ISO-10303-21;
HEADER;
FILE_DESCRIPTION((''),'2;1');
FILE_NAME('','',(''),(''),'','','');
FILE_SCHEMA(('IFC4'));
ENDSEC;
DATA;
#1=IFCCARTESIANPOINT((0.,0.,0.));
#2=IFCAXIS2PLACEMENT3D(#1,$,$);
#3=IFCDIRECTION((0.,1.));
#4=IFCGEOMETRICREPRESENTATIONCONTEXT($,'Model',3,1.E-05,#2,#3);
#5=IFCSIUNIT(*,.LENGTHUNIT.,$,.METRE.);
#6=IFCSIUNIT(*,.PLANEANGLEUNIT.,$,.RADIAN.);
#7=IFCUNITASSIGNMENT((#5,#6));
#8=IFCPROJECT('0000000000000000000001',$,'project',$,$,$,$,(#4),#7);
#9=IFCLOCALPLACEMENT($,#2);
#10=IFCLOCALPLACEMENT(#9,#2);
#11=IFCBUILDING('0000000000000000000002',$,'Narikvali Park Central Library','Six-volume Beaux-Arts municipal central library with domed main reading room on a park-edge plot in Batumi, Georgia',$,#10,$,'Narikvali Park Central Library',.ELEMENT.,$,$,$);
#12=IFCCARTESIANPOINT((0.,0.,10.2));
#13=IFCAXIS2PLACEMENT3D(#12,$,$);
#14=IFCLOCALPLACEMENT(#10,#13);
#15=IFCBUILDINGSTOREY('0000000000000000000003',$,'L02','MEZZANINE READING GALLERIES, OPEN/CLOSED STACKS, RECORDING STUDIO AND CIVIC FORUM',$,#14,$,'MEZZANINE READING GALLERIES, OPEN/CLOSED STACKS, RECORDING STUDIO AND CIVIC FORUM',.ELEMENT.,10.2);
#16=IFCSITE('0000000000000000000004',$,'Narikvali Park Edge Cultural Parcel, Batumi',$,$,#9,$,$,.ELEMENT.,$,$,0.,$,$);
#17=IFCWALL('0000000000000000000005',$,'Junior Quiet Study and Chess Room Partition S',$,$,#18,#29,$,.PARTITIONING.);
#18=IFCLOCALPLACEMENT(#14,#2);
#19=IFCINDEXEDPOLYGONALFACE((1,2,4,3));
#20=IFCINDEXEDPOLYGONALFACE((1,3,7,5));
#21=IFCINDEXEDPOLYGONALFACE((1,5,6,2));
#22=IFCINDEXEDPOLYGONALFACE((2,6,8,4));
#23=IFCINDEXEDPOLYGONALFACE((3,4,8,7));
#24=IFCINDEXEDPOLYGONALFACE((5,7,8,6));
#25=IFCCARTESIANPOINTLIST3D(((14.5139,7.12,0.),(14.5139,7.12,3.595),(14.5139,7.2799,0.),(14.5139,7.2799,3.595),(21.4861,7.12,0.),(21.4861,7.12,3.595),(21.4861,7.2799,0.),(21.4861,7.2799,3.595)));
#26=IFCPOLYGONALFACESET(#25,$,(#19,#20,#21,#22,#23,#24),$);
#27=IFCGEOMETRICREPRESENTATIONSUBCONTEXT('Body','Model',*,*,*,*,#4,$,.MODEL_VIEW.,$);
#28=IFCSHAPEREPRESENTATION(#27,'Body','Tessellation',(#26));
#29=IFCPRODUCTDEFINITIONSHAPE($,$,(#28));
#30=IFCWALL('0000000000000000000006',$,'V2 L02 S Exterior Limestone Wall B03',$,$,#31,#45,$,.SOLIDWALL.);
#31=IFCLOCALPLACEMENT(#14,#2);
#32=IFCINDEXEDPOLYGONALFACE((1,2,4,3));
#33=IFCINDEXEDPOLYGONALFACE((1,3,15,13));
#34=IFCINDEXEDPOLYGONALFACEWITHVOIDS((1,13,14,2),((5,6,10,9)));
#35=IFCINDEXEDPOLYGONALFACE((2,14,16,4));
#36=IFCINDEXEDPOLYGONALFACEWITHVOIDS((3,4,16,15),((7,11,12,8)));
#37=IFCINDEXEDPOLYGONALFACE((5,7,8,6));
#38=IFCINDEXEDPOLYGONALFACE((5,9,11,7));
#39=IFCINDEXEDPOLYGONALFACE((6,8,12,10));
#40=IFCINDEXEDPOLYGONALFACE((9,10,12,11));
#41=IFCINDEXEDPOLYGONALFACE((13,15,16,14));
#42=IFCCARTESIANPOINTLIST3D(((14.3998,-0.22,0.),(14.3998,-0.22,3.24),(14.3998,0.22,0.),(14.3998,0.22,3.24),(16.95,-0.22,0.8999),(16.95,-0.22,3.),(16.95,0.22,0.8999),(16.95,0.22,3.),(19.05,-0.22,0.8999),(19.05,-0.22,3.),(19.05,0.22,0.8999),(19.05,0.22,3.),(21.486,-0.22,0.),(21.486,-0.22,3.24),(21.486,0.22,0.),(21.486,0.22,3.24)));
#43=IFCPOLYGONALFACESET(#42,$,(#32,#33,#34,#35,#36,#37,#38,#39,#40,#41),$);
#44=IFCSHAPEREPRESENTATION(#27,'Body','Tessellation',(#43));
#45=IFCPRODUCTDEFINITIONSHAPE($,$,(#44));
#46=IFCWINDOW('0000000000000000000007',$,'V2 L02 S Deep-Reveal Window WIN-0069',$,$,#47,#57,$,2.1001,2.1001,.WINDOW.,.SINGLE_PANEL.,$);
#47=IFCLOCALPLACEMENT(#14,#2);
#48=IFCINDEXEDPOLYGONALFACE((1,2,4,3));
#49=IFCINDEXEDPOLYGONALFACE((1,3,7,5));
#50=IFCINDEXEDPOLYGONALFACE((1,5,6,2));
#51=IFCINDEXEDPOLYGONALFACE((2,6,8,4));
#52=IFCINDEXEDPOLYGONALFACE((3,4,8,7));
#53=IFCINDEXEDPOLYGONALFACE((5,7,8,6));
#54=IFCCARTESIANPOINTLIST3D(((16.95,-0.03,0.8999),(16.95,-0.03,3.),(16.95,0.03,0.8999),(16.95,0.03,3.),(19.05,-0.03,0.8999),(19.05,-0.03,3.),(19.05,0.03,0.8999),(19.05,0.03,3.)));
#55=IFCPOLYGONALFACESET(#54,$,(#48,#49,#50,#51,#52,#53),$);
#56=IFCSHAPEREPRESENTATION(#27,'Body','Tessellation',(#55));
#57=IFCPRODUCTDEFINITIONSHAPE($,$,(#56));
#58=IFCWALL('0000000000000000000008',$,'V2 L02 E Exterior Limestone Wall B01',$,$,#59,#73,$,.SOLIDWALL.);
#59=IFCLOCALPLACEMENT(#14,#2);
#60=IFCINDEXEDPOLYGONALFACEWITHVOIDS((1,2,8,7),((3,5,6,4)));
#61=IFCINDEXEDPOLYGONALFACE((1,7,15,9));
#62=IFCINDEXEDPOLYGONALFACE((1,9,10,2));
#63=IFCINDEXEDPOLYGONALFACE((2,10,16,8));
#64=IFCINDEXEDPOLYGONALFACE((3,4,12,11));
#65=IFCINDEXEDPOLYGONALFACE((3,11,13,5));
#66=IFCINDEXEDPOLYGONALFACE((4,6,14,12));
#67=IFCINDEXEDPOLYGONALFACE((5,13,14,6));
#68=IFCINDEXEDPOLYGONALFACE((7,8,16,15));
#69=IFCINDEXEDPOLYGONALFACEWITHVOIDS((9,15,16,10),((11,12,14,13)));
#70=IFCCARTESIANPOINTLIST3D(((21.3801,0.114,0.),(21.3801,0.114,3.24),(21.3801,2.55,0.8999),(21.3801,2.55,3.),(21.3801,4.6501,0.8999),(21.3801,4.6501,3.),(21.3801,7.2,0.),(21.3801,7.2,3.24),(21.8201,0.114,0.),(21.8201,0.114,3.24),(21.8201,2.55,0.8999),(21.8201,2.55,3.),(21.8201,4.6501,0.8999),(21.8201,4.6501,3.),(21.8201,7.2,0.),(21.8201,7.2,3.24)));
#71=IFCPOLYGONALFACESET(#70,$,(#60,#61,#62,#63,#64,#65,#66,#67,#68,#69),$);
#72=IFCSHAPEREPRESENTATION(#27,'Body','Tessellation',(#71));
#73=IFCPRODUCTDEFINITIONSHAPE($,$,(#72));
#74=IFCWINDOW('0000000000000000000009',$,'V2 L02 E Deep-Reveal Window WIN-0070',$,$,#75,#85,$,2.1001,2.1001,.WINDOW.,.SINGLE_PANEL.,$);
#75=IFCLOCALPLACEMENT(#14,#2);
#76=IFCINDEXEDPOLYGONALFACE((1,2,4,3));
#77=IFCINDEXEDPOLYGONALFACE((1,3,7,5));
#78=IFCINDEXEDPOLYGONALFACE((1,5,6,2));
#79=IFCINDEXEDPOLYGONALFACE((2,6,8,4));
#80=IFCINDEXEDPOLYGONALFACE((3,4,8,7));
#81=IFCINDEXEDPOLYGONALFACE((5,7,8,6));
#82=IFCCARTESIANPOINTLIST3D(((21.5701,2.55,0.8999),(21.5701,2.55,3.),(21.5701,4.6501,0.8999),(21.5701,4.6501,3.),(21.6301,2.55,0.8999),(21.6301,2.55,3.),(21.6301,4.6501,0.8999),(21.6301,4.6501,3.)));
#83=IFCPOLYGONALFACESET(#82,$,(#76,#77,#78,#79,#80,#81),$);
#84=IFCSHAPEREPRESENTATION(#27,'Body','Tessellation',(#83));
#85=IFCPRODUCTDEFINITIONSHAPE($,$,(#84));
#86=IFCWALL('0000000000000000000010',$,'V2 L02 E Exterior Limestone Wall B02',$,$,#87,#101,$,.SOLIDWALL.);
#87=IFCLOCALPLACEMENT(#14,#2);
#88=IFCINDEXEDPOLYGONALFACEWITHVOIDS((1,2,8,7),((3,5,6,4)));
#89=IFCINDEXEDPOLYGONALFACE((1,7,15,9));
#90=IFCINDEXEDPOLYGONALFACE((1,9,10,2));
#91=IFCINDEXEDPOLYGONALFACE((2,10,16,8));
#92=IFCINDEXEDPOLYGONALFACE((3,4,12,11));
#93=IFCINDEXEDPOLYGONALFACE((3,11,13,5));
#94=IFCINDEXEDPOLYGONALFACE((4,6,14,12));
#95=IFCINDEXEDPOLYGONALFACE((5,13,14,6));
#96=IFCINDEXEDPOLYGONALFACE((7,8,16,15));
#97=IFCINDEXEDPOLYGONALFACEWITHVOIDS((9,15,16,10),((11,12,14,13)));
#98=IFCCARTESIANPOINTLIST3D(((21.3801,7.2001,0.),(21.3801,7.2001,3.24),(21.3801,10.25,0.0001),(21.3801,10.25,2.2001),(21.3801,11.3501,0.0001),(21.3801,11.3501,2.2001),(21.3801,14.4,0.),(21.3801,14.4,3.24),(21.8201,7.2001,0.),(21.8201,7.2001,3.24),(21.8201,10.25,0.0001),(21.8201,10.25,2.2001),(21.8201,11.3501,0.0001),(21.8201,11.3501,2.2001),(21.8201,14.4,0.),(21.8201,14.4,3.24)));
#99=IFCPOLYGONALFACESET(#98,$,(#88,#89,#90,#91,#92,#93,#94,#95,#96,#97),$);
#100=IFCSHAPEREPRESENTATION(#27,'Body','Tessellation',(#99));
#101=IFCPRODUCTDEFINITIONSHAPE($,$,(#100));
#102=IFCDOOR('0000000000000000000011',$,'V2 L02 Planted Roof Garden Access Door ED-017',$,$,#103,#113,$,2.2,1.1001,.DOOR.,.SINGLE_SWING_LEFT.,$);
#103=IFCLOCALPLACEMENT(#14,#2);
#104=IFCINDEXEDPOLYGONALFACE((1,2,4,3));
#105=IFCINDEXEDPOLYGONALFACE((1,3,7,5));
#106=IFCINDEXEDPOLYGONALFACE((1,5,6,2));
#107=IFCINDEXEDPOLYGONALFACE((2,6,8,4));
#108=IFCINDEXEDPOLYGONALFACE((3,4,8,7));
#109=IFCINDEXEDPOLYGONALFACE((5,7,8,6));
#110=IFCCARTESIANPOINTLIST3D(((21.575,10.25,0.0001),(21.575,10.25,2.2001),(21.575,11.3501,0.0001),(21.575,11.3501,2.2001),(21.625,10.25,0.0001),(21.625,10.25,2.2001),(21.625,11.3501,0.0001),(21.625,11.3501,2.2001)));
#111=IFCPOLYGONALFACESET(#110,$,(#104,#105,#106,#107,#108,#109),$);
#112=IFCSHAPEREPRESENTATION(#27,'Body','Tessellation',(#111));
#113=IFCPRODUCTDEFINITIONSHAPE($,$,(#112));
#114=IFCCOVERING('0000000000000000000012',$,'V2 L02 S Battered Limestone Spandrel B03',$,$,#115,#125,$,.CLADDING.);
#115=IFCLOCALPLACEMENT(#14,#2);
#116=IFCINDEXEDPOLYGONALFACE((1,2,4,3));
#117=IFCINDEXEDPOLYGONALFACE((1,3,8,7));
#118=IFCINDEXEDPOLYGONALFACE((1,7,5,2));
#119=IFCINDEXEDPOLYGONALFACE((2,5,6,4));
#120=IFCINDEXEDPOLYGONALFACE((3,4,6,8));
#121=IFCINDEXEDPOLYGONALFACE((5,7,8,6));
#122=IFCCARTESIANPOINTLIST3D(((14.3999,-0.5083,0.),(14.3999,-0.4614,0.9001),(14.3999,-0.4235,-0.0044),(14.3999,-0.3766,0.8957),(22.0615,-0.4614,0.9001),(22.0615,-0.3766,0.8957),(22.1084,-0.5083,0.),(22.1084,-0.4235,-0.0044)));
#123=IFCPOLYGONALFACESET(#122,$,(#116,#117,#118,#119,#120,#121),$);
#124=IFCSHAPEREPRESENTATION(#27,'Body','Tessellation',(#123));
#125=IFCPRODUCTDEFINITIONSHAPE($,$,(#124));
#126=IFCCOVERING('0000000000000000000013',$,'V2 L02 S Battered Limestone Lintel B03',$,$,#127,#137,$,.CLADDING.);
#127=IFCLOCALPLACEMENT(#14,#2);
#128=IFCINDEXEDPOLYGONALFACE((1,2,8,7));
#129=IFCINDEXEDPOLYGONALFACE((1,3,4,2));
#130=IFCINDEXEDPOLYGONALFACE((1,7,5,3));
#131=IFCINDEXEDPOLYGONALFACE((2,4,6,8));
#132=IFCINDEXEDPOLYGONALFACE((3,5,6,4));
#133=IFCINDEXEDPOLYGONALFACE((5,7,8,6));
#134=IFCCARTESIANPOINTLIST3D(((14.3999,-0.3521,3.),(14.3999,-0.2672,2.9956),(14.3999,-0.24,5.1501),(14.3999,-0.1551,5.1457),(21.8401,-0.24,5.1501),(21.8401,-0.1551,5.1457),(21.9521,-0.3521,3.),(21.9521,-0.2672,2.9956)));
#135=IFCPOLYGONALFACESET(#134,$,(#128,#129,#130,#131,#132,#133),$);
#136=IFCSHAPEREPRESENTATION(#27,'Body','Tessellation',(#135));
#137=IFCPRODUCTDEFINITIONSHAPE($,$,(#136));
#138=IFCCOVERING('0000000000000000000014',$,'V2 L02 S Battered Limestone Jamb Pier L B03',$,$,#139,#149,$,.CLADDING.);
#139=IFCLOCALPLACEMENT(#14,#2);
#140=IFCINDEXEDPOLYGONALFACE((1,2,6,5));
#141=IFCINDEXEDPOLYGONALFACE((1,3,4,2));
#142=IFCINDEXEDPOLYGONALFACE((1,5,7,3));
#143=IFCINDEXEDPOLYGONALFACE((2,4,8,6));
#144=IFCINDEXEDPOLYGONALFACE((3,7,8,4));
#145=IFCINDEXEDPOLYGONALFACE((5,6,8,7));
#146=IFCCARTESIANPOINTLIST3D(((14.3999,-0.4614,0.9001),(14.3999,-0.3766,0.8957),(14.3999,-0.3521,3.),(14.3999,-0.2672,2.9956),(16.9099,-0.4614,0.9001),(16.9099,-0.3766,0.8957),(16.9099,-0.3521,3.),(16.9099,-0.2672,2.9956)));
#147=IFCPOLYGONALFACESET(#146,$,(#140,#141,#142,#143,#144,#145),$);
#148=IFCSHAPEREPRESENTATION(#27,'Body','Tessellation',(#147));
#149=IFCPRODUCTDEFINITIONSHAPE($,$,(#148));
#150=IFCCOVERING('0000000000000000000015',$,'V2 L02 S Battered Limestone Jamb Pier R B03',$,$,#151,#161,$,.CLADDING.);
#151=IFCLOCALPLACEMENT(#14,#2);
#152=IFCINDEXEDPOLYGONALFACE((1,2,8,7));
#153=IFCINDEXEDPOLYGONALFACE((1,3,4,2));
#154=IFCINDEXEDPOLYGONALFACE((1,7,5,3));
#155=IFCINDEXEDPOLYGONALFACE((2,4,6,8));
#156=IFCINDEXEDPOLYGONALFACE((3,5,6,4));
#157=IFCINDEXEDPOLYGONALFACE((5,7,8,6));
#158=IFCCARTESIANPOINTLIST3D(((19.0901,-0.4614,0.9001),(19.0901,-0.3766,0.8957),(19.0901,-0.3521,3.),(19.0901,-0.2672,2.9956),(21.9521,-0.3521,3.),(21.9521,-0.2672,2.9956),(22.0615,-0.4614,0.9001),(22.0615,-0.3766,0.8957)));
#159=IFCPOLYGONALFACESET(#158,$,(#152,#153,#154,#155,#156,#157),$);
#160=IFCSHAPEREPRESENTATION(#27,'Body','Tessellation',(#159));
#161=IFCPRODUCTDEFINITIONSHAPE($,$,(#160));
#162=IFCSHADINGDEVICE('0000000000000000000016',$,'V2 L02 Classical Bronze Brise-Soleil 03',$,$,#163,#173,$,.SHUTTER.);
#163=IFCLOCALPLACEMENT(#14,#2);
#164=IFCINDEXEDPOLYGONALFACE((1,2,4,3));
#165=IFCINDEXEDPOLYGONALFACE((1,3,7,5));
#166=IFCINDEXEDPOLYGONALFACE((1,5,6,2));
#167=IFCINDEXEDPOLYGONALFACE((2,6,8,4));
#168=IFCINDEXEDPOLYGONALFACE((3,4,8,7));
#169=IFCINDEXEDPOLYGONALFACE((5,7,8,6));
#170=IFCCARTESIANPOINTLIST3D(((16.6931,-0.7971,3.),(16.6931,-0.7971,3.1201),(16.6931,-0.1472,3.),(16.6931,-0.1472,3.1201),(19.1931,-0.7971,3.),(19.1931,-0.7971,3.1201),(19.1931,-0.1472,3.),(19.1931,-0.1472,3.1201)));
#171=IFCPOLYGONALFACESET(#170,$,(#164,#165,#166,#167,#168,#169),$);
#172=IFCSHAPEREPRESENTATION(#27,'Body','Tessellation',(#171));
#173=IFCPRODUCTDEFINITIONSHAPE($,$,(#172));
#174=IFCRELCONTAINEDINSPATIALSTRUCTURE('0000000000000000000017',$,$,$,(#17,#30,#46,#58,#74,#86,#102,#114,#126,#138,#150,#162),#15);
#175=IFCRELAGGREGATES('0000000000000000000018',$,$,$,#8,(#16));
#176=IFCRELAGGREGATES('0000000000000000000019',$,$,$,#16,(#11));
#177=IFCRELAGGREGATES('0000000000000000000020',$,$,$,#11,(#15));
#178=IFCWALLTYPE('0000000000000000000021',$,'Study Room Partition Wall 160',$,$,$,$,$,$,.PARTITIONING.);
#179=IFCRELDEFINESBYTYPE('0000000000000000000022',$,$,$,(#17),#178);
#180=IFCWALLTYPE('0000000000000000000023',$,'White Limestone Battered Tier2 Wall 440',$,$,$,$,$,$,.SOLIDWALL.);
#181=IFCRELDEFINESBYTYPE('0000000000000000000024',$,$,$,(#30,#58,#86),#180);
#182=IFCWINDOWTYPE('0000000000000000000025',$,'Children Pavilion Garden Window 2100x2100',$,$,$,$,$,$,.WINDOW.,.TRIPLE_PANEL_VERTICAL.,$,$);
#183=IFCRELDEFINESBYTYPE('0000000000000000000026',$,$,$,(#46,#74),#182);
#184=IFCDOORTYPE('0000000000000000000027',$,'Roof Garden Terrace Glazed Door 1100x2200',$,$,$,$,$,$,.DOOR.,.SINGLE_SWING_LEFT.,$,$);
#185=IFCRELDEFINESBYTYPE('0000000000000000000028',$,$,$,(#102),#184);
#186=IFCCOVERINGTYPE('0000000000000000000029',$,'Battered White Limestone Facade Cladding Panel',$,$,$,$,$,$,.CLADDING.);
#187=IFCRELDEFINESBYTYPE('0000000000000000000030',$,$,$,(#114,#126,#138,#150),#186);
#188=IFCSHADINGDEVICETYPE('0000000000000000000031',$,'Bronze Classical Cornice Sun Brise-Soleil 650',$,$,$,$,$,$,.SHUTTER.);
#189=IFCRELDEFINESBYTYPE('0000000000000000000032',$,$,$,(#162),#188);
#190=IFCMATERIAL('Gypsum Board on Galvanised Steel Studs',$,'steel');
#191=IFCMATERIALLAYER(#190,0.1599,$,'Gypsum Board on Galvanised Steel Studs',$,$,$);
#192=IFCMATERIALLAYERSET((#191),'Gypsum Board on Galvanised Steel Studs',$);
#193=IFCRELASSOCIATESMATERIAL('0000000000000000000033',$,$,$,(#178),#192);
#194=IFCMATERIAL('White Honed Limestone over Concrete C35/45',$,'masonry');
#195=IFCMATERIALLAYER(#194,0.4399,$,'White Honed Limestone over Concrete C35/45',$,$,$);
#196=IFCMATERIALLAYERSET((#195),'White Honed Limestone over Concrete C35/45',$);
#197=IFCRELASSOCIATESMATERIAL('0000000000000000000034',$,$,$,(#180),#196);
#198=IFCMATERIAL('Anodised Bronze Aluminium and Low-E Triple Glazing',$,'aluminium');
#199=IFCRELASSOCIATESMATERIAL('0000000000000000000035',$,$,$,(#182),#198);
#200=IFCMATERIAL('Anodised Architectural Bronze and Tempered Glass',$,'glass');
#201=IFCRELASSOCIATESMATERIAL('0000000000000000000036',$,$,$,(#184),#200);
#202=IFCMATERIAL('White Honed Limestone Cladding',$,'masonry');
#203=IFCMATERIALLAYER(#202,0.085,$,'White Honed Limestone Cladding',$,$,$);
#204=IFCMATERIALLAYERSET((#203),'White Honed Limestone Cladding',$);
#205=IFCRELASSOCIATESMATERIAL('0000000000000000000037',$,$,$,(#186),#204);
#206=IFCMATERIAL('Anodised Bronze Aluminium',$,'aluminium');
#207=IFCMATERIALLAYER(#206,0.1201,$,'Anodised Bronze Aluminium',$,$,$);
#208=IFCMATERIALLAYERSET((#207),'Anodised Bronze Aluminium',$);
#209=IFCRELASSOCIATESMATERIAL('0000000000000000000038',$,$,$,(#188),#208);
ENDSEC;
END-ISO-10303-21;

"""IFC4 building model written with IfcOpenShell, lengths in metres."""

from ifc_helpers import new_model, si_unit, direction, frame, frame_2d, origin, origin_2d, place, context, subcontext, project, spatial, polyline, rectangle, outline, extrude, material, layer, layer_set, type_object, element, fill, save


model = new_model("IFC4")

# Units and contexts
model_context = context("Model", 3, precision=1e-05, world=origin(), true_north=direction((0.0, 1.0)))
body_context = subcontext(model_context, "Body", "Model", "MODEL_VIEW")
ifc_project = project(units=[si_unit("LENGTHUNIT", "METRE"), si_unit("PLANEANGLEUNIT", "RADIAN")], contexts=[model_context])

# Site, building, storey
site_placement = place(None, origin())
site = spatial("IfcSite", under=ifc_project, at=site_placement, Name="Narikvali Park Edge Cultural Parcel, Batumi", CompositionType="ELEMENT", RefElevation=0.0)
building_placement = place(site_placement, origin())
building = spatial("IfcBuilding", under=site, at=building_placement, Name="Narikvali Park Central Library", Description="Six-volume Beaux-Arts municipal central library with domed main reading room on a park-edge plot in Batumi, Georgia", LongName="Narikvali Park Central Library", CompositionType="ELEMENT")
storey_placement = place(building_placement, frame((0.0, 0.0, 10.2)))
storey = spatial("IfcBuildingStorey", under=building, at=storey_placement, Name="L02", Description="MEZZANINE READING GALLERIES, OPEN/CLOSED STACKS, RECORDING STUDIO AND CIVIC FORUM", LongName="MEZZANINE READING GALLERIES, OPEN/CLOSED STACKS, RECORDING STUDIO AND CIVIC FORUM", CompositionType="ELEMENT", Elevation=10.2)

# Wall
ifc_material_1 = material(Name="Gypsum Board on Galvanised Steel Studs", Category="steel")
ifc_layer_1 = layer(ifc_material_1, 0.1599, Name="Gypsum Board on Galvanised Steel Studs")
ifc_layer_set_1 = layer_set([ifc_layer_1], Name="Gypsum Board on Galvanised Steel Studs")
wall_type_1 = type_object("IfcWallType", Name="Study Room Partition Wall 160", PredefinedType="PARTITIONING", material=ifc_layer_set_1)
wall_1_placement = place(storey_placement, frame((14.5139, 7.2, 0.0), z_axis=(0.0, 0.0, 1.0), x_axis=(1.0, 0.0, 0.0)))
element("IfcWall", 1, at=wall_1_placement, inside=storey, type_object=wall_type_1, Name="Junior Quiet Study and Chess Room Partition S", PredefinedType="PARTITIONING", context=body_context, shape_type="SweptSolid", body=[
    extrude(rectangle(XDim=6.9722, YDim=0.1599, at=frame_2d((3.4861, 0.0))), origin(), (0.0, 0.0, 1.0), 3.595),
])

# Walls, openings, windows
ifc_material_2 = material(Name="White Honed Limestone over Concrete C35/45", Category="masonry")
ifc_layer_2 = layer(ifc_material_2, 0.4399, Name="White Honed Limestone over Concrete C35/45")
ifc_layer_set_2 = layer_set([ifc_layer_2], Name="White Honed Limestone over Concrete C35/45")
wall_type_2 = type_object("IfcWallType", Name="White Limestone Battered Tier2 Wall 440", PredefinedType="SOLIDWALL", material=ifc_layer_set_2)
wall_2_placement = place(storey_placement, frame((14.3999, 0.0, 0.0), z_axis=(0.0, 0.0, 1.0), x_axis=(1.0, 0.0, 0.0)))
wall_2 = element("IfcWall", 2, at=wall_2_placement, inside=storey, type_object=wall_type_2, Name="V2 L02 S Exterior Limestone Wall B03", PredefinedType="SOLIDWALL", context=body_context, shape_type="SweptSolid", body=[
    extrude(rectangle(XDim=7.0862, YDim=0.4399, at=frame_2d((3.543, 0.0))), origin(), (0.0, 0.0, 1.0), 3.24),
])
opening_1_placement = place(wall_2_placement, frame((2.55, 0.0, 0.8999)))
opening_1 = element("IfcOpeningElement", 3, at=opening_1_placement, cuts=wall_2, PredefinedType="OPENING", context=body_context, shape_type="SweptSolid", body=[
    extrude(rectangle(XDim=2.1001, YDim=2.1001, at=frame_2d((1.05, 1.05))), frame((0.0, 0.2319, 0.0), z_axis=(0.0, -1.0, 0.0), x_axis=(1.0, 0.0, 0.0)), (0.0, 0.0, 1.0), 0.4639),
])
ifc_material_3 = material(Name="Anodised Bronze Aluminium and Low-E Triple Glazing", Category="aluminium")
window_type = type_object("IfcWindowType", Name="Children Pavilion Garden Window 2100x2100", PartitioningType="TRIPLE_PANEL_VERTICAL", PredefinedType="WINDOW", material=ifc_material_3)
window_1_placement = place(opening_1_placement, origin())
window_1 = element("IfcWindow", 4, at=window_1_placement, inside=storey, type_object=window_type, Name="V2 L02 S Deep-Reveal Window WIN-0069", OverallHeight=2.1001, OverallWidth=2.1001, PartitioningType="SINGLE_PANEL", PredefinedType="WINDOW", context=body_context, shape_type="SweptSolid", body=[
    extrude(rectangle(XDim=2.1001, YDim=2.1001, at=frame_2d((1.05, 1.05))), frame((0.0, 0.03, 0.0), z_axis=(0.0, -1.0, 0.0), x_axis=(1.0, 0.0, 0.0)), (0.0, 0.0, 1.0), 0.0601),
])
fill(opening_1, window_1)
wall_3_placement = place(storey_placement, frame((21.6001, 0.114, 0.0), z_axis=(0.0, 0.0, 1.0), x_axis=(0.0, 1.0, 0.0)))
wall_3 = element("IfcWall", 5, at=wall_3_placement, inside=storey, type_object=wall_type_2, Name="V2 L02 E Exterior Limestone Wall B01", PredefinedType="SOLIDWALL", context=body_context, shape_type="SweptSolid", body=[
    extrude(rectangle(XDim=7.0859, YDim=0.4399, at=frame_2d((3.543, 0.0))), origin(), (0.0, 0.0, 1.0), 3.24),
])
opening_2_placement = place(wall_3_placement, frame((2.436, 0.0, 0.8999)))
opening_2 = element("IfcOpeningElement", 6, at=opening_2_placement, cuts=wall_3, PredefinedType="OPENING", context=body_context, shape_type="SweptSolid", body=[
    extrude(rectangle(XDim=2.1001, YDim=2.1001, at=frame_2d((1.05, 1.05))), frame((0.0, 0.2319, 0.0), z_axis=(0.0, -1.0, 0.0), x_axis=(1.0, 0.0, 0.0)), (0.0, 0.0, 1.0), 0.4639),
])
window_2_placement = place(opening_2_placement, origin())
window_2 = element("IfcWindow", 7, at=window_2_placement, inside=storey, type_object=window_type, Name="V2 L02 E Deep-Reveal Window WIN-0070", OverallHeight=2.1001, OverallWidth=2.1001, PartitioningType="SINGLE_PANEL", PredefinedType="WINDOW", context=body_context, shape_type="SweptSolid", body=[
    extrude(rectangle(XDim=2.1001, YDim=2.1001, at=frame_2d((1.05, 1.05))), frame((0.0, 0.03, 0.0), z_axis=(0.0, -1.0, 0.0), x_axis=(1.0, 0.0, 0.0)), (0.0, 0.0, 1.0), 0.0601),
])
fill(opening_2, window_2)

# Wall, opening, door
wall_4_placement = place(storey_placement, frame((21.6001, 7.2, 0.0), z_axis=(0.0, 0.0, 1.0), x_axis=(0.0, 1.0, 0.0)))
wall_4 = element("IfcWall", 8, at=wall_4_placement, inside=storey, type_object=wall_type_2, Name="V2 L02 E Exterior Limestone Wall B02", PredefinedType="SOLIDWALL", context=body_context, shape_type="SweptSolid", body=[
    extrude(rectangle(XDim=7.2, YDim=0.4399, at=frame_2d((3.6001, 0.0))), origin(), (0.0, 0.0, 1.0), 3.24),
])
opening_3_placement = place(wall_4_placement, frame((3.05, 0.0, 0.0)))
opening_3 = element("IfcOpeningElement", 9, at=opening_3_placement, cuts=wall_4, PredefinedType="OPENING", context=body_context, shape_type="SweptSolid", body=[
    extrude(rectangle(XDim=1.1001, YDim=2.2, at=frame_2d((0.55, 1.1001))), frame((0.0, 0.2319, 0.0), z_axis=(0.0, -1.0, 0.0), x_axis=(1.0, 0.0, 0.0)), (0.0, 0.0, 1.0), 0.4639),
])
ifc_material_4 = material(Name="Anodised Architectural Bronze and Tempered Glass", Category="glass")
door_type = type_object("IfcDoorType", Name="Roof Garden Terrace Glazed Door 1100x2200", OperationType="SINGLE_SWING_LEFT", PredefinedType="DOOR", material=ifc_material_4)
door_placement = place(opening_3_placement, frame((1.1001, 0.0, 0.0), z_axis=(0.0, 0.0, 1.0), x_axis=(-1.0, 0.0, 0.0)))
door = element("IfcDoor", 10, at=door_placement, inside=storey, type_object=door_type, Name="V2 L02 Planted Roof Garden Access Door ED-017", OperationType="SINGLE_SWING_LEFT", OverallHeight=2.2, OverallWidth=1.1001, PredefinedType="DOOR", context=body_context, shape_type="SweptSolid", body=[
    extrude(rectangle(XDim=1.1001, YDim=2.2, at=frame_2d((0.55, 1.1001))), frame((0.0, 0.0249, 0.0), z_axis=(0.0, -1.0, 0.0), x_axis=(1.0, 0.0, 0.0)), (0.0, 0.0, 1.0), 0.05),
])
fill(opening_3, door)

# Coverings
ifc_material_5 = material(Name="White Honed Limestone Cladding", Category="masonry")
ifc_layer_3 = layer(ifc_material_5, 0.085, Name="White Honed Limestone Cladding")
ifc_layer_set_3 = layer_set([ifc_layer_3], Name="White Honed Limestone Cladding")
covering_type = type_object("IfcCoveringType", Name="Battered White Limestone Facade Cladding Panel", PredefinedType="CLADDING", material=ifc_layer_set_3)
covering_1_placement = place(storey_placement, frame((14.3999, -0.5083, 0.0), z_axis=(0.0, -0.998647, 0.052004), x_axis=(1.0, 0.0, 0.0)))
element("IfcCovering", 11, at=covering_1_placement, inside=storey, type_object=covering_type, Name="V2 L02 S Battered Limestone Spandrel B03", PredefinedType="CLADDING", context=body_context, shape_type="SweptSolid", body=[
    extrude(outline(polyline([(0.0, 0.0), (7.7085, 0.0), (7.6616, 0.9014), (0.0, 0.9014), (0.0, 0.0)])), origin(), (0.0, 0.0, -1.0), 0.085),
])
covering_2_placement = place(storey_placement, frame((14.3999, -0.3521, 3.0), z_axis=(0.0, -0.998645, 0.052047), x_axis=(1.0, 0.0, 0.0)))
element("IfcCovering", 12, at=covering_2_placement, inside=storey, type_object=covering_type, Name="V2 L02 S Battered Limestone Lintel B03", PredefinedType="CLADDING", context=body_context, shape_type="SweptSolid", body=[
    extrude(outline(polyline([(0.0, 0.0), (7.5522, 0.0), (7.4402, 2.1531), (0.0, 2.1531), (0.0, 0.0)])), origin(), (0.0, 0.0, -1.0), 0.085),
])
covering_3_placement = place(storey_placement, frame((14.3999, -0.4614, 0.9001), z_axis=(0.0, -0.998646, 0.052016), x_axis=(1.0, 0.0, 0.0)))
element("IfcCovering", 13, at=covering_3_placement, inside=storey, type_object=covering_type, Name="V2 L02 S Battered Limestone Jamb Pier L B03", PredefinedType="CLADDING", context=body_context, shape_type="SweptSolid", body=[
    extrude(outline(polyline([(0.0, 0.0), (2.51, 0.0), (2.51, 2.1027), (0.0, 2.1027), (0.0, 0.0)])), origin(), (0.0, 0.0, -1.0), 0.085),
])
covering_4_placement = place(storey_placement, frame((19.0901, -0.4614, 0.9001), z_axis=(0.0, -0.998646, 0.052016), x_axis=(1.0, 0.0, 0.0)))
element("IfcCovering", 14, at=covering_4_placement, inside=storey, type_object=covering_type, Name="V2 L02 S Battered Limestone Jamb Pier R B03", PredefinedType="CLADDING", context=body_context, shape_type="SweptSolid", body=[
    extrude(outline(polyline([(0.0, 0.0), (2.9714, 0.0), (2.8621, 2.1027), (0.0, 2.1027), (0.0, 0.0)])), origin(), (0.0, 0.0, -1.0), 0.085),
])

# Shading device
ifc_material_6 = material(Name="Anodised Bronze Aluminium", Category="aluminium")
ifc_layer_4 = layer(ifc_material_6, 0.1201, Name="Anodised Bronze Aluminium")
ifc_layer_set_4 = layer_set([ifc_layer_4], Name="Anodised Bronze Aluminium")
shading_device_type = type_object("IfcShadingDeviceType", Name="Bronze Classical Cornice Sun Brise-Soleil 650", PredefinedType="SHUTTER", material=ifc_layer_set_4)
shading_device_placement = place(storey_placement, frame((17.9431, -0.4722, 3.0), z_axis=(0.0, 0.0, 1.0), x_axis=(1.0, 0.0, 0.0)))
element("IfcShadingDevice", 15, at=shading_device_placement, inside=storey, type_object=shading_device_type, Name="V2 L02 Classical Bronze Brise-Soleil 03", PredefinedType="SHUTTER", context=body_context, shape_type="SweptSolid", body=[
    extrude(rectangle(XDim=2.5, YDim=0.6499, at=origin_2d()), origin(), (0.0, 0.0, 1.0), 0.1201),
])

save(model, "model.ifc")
